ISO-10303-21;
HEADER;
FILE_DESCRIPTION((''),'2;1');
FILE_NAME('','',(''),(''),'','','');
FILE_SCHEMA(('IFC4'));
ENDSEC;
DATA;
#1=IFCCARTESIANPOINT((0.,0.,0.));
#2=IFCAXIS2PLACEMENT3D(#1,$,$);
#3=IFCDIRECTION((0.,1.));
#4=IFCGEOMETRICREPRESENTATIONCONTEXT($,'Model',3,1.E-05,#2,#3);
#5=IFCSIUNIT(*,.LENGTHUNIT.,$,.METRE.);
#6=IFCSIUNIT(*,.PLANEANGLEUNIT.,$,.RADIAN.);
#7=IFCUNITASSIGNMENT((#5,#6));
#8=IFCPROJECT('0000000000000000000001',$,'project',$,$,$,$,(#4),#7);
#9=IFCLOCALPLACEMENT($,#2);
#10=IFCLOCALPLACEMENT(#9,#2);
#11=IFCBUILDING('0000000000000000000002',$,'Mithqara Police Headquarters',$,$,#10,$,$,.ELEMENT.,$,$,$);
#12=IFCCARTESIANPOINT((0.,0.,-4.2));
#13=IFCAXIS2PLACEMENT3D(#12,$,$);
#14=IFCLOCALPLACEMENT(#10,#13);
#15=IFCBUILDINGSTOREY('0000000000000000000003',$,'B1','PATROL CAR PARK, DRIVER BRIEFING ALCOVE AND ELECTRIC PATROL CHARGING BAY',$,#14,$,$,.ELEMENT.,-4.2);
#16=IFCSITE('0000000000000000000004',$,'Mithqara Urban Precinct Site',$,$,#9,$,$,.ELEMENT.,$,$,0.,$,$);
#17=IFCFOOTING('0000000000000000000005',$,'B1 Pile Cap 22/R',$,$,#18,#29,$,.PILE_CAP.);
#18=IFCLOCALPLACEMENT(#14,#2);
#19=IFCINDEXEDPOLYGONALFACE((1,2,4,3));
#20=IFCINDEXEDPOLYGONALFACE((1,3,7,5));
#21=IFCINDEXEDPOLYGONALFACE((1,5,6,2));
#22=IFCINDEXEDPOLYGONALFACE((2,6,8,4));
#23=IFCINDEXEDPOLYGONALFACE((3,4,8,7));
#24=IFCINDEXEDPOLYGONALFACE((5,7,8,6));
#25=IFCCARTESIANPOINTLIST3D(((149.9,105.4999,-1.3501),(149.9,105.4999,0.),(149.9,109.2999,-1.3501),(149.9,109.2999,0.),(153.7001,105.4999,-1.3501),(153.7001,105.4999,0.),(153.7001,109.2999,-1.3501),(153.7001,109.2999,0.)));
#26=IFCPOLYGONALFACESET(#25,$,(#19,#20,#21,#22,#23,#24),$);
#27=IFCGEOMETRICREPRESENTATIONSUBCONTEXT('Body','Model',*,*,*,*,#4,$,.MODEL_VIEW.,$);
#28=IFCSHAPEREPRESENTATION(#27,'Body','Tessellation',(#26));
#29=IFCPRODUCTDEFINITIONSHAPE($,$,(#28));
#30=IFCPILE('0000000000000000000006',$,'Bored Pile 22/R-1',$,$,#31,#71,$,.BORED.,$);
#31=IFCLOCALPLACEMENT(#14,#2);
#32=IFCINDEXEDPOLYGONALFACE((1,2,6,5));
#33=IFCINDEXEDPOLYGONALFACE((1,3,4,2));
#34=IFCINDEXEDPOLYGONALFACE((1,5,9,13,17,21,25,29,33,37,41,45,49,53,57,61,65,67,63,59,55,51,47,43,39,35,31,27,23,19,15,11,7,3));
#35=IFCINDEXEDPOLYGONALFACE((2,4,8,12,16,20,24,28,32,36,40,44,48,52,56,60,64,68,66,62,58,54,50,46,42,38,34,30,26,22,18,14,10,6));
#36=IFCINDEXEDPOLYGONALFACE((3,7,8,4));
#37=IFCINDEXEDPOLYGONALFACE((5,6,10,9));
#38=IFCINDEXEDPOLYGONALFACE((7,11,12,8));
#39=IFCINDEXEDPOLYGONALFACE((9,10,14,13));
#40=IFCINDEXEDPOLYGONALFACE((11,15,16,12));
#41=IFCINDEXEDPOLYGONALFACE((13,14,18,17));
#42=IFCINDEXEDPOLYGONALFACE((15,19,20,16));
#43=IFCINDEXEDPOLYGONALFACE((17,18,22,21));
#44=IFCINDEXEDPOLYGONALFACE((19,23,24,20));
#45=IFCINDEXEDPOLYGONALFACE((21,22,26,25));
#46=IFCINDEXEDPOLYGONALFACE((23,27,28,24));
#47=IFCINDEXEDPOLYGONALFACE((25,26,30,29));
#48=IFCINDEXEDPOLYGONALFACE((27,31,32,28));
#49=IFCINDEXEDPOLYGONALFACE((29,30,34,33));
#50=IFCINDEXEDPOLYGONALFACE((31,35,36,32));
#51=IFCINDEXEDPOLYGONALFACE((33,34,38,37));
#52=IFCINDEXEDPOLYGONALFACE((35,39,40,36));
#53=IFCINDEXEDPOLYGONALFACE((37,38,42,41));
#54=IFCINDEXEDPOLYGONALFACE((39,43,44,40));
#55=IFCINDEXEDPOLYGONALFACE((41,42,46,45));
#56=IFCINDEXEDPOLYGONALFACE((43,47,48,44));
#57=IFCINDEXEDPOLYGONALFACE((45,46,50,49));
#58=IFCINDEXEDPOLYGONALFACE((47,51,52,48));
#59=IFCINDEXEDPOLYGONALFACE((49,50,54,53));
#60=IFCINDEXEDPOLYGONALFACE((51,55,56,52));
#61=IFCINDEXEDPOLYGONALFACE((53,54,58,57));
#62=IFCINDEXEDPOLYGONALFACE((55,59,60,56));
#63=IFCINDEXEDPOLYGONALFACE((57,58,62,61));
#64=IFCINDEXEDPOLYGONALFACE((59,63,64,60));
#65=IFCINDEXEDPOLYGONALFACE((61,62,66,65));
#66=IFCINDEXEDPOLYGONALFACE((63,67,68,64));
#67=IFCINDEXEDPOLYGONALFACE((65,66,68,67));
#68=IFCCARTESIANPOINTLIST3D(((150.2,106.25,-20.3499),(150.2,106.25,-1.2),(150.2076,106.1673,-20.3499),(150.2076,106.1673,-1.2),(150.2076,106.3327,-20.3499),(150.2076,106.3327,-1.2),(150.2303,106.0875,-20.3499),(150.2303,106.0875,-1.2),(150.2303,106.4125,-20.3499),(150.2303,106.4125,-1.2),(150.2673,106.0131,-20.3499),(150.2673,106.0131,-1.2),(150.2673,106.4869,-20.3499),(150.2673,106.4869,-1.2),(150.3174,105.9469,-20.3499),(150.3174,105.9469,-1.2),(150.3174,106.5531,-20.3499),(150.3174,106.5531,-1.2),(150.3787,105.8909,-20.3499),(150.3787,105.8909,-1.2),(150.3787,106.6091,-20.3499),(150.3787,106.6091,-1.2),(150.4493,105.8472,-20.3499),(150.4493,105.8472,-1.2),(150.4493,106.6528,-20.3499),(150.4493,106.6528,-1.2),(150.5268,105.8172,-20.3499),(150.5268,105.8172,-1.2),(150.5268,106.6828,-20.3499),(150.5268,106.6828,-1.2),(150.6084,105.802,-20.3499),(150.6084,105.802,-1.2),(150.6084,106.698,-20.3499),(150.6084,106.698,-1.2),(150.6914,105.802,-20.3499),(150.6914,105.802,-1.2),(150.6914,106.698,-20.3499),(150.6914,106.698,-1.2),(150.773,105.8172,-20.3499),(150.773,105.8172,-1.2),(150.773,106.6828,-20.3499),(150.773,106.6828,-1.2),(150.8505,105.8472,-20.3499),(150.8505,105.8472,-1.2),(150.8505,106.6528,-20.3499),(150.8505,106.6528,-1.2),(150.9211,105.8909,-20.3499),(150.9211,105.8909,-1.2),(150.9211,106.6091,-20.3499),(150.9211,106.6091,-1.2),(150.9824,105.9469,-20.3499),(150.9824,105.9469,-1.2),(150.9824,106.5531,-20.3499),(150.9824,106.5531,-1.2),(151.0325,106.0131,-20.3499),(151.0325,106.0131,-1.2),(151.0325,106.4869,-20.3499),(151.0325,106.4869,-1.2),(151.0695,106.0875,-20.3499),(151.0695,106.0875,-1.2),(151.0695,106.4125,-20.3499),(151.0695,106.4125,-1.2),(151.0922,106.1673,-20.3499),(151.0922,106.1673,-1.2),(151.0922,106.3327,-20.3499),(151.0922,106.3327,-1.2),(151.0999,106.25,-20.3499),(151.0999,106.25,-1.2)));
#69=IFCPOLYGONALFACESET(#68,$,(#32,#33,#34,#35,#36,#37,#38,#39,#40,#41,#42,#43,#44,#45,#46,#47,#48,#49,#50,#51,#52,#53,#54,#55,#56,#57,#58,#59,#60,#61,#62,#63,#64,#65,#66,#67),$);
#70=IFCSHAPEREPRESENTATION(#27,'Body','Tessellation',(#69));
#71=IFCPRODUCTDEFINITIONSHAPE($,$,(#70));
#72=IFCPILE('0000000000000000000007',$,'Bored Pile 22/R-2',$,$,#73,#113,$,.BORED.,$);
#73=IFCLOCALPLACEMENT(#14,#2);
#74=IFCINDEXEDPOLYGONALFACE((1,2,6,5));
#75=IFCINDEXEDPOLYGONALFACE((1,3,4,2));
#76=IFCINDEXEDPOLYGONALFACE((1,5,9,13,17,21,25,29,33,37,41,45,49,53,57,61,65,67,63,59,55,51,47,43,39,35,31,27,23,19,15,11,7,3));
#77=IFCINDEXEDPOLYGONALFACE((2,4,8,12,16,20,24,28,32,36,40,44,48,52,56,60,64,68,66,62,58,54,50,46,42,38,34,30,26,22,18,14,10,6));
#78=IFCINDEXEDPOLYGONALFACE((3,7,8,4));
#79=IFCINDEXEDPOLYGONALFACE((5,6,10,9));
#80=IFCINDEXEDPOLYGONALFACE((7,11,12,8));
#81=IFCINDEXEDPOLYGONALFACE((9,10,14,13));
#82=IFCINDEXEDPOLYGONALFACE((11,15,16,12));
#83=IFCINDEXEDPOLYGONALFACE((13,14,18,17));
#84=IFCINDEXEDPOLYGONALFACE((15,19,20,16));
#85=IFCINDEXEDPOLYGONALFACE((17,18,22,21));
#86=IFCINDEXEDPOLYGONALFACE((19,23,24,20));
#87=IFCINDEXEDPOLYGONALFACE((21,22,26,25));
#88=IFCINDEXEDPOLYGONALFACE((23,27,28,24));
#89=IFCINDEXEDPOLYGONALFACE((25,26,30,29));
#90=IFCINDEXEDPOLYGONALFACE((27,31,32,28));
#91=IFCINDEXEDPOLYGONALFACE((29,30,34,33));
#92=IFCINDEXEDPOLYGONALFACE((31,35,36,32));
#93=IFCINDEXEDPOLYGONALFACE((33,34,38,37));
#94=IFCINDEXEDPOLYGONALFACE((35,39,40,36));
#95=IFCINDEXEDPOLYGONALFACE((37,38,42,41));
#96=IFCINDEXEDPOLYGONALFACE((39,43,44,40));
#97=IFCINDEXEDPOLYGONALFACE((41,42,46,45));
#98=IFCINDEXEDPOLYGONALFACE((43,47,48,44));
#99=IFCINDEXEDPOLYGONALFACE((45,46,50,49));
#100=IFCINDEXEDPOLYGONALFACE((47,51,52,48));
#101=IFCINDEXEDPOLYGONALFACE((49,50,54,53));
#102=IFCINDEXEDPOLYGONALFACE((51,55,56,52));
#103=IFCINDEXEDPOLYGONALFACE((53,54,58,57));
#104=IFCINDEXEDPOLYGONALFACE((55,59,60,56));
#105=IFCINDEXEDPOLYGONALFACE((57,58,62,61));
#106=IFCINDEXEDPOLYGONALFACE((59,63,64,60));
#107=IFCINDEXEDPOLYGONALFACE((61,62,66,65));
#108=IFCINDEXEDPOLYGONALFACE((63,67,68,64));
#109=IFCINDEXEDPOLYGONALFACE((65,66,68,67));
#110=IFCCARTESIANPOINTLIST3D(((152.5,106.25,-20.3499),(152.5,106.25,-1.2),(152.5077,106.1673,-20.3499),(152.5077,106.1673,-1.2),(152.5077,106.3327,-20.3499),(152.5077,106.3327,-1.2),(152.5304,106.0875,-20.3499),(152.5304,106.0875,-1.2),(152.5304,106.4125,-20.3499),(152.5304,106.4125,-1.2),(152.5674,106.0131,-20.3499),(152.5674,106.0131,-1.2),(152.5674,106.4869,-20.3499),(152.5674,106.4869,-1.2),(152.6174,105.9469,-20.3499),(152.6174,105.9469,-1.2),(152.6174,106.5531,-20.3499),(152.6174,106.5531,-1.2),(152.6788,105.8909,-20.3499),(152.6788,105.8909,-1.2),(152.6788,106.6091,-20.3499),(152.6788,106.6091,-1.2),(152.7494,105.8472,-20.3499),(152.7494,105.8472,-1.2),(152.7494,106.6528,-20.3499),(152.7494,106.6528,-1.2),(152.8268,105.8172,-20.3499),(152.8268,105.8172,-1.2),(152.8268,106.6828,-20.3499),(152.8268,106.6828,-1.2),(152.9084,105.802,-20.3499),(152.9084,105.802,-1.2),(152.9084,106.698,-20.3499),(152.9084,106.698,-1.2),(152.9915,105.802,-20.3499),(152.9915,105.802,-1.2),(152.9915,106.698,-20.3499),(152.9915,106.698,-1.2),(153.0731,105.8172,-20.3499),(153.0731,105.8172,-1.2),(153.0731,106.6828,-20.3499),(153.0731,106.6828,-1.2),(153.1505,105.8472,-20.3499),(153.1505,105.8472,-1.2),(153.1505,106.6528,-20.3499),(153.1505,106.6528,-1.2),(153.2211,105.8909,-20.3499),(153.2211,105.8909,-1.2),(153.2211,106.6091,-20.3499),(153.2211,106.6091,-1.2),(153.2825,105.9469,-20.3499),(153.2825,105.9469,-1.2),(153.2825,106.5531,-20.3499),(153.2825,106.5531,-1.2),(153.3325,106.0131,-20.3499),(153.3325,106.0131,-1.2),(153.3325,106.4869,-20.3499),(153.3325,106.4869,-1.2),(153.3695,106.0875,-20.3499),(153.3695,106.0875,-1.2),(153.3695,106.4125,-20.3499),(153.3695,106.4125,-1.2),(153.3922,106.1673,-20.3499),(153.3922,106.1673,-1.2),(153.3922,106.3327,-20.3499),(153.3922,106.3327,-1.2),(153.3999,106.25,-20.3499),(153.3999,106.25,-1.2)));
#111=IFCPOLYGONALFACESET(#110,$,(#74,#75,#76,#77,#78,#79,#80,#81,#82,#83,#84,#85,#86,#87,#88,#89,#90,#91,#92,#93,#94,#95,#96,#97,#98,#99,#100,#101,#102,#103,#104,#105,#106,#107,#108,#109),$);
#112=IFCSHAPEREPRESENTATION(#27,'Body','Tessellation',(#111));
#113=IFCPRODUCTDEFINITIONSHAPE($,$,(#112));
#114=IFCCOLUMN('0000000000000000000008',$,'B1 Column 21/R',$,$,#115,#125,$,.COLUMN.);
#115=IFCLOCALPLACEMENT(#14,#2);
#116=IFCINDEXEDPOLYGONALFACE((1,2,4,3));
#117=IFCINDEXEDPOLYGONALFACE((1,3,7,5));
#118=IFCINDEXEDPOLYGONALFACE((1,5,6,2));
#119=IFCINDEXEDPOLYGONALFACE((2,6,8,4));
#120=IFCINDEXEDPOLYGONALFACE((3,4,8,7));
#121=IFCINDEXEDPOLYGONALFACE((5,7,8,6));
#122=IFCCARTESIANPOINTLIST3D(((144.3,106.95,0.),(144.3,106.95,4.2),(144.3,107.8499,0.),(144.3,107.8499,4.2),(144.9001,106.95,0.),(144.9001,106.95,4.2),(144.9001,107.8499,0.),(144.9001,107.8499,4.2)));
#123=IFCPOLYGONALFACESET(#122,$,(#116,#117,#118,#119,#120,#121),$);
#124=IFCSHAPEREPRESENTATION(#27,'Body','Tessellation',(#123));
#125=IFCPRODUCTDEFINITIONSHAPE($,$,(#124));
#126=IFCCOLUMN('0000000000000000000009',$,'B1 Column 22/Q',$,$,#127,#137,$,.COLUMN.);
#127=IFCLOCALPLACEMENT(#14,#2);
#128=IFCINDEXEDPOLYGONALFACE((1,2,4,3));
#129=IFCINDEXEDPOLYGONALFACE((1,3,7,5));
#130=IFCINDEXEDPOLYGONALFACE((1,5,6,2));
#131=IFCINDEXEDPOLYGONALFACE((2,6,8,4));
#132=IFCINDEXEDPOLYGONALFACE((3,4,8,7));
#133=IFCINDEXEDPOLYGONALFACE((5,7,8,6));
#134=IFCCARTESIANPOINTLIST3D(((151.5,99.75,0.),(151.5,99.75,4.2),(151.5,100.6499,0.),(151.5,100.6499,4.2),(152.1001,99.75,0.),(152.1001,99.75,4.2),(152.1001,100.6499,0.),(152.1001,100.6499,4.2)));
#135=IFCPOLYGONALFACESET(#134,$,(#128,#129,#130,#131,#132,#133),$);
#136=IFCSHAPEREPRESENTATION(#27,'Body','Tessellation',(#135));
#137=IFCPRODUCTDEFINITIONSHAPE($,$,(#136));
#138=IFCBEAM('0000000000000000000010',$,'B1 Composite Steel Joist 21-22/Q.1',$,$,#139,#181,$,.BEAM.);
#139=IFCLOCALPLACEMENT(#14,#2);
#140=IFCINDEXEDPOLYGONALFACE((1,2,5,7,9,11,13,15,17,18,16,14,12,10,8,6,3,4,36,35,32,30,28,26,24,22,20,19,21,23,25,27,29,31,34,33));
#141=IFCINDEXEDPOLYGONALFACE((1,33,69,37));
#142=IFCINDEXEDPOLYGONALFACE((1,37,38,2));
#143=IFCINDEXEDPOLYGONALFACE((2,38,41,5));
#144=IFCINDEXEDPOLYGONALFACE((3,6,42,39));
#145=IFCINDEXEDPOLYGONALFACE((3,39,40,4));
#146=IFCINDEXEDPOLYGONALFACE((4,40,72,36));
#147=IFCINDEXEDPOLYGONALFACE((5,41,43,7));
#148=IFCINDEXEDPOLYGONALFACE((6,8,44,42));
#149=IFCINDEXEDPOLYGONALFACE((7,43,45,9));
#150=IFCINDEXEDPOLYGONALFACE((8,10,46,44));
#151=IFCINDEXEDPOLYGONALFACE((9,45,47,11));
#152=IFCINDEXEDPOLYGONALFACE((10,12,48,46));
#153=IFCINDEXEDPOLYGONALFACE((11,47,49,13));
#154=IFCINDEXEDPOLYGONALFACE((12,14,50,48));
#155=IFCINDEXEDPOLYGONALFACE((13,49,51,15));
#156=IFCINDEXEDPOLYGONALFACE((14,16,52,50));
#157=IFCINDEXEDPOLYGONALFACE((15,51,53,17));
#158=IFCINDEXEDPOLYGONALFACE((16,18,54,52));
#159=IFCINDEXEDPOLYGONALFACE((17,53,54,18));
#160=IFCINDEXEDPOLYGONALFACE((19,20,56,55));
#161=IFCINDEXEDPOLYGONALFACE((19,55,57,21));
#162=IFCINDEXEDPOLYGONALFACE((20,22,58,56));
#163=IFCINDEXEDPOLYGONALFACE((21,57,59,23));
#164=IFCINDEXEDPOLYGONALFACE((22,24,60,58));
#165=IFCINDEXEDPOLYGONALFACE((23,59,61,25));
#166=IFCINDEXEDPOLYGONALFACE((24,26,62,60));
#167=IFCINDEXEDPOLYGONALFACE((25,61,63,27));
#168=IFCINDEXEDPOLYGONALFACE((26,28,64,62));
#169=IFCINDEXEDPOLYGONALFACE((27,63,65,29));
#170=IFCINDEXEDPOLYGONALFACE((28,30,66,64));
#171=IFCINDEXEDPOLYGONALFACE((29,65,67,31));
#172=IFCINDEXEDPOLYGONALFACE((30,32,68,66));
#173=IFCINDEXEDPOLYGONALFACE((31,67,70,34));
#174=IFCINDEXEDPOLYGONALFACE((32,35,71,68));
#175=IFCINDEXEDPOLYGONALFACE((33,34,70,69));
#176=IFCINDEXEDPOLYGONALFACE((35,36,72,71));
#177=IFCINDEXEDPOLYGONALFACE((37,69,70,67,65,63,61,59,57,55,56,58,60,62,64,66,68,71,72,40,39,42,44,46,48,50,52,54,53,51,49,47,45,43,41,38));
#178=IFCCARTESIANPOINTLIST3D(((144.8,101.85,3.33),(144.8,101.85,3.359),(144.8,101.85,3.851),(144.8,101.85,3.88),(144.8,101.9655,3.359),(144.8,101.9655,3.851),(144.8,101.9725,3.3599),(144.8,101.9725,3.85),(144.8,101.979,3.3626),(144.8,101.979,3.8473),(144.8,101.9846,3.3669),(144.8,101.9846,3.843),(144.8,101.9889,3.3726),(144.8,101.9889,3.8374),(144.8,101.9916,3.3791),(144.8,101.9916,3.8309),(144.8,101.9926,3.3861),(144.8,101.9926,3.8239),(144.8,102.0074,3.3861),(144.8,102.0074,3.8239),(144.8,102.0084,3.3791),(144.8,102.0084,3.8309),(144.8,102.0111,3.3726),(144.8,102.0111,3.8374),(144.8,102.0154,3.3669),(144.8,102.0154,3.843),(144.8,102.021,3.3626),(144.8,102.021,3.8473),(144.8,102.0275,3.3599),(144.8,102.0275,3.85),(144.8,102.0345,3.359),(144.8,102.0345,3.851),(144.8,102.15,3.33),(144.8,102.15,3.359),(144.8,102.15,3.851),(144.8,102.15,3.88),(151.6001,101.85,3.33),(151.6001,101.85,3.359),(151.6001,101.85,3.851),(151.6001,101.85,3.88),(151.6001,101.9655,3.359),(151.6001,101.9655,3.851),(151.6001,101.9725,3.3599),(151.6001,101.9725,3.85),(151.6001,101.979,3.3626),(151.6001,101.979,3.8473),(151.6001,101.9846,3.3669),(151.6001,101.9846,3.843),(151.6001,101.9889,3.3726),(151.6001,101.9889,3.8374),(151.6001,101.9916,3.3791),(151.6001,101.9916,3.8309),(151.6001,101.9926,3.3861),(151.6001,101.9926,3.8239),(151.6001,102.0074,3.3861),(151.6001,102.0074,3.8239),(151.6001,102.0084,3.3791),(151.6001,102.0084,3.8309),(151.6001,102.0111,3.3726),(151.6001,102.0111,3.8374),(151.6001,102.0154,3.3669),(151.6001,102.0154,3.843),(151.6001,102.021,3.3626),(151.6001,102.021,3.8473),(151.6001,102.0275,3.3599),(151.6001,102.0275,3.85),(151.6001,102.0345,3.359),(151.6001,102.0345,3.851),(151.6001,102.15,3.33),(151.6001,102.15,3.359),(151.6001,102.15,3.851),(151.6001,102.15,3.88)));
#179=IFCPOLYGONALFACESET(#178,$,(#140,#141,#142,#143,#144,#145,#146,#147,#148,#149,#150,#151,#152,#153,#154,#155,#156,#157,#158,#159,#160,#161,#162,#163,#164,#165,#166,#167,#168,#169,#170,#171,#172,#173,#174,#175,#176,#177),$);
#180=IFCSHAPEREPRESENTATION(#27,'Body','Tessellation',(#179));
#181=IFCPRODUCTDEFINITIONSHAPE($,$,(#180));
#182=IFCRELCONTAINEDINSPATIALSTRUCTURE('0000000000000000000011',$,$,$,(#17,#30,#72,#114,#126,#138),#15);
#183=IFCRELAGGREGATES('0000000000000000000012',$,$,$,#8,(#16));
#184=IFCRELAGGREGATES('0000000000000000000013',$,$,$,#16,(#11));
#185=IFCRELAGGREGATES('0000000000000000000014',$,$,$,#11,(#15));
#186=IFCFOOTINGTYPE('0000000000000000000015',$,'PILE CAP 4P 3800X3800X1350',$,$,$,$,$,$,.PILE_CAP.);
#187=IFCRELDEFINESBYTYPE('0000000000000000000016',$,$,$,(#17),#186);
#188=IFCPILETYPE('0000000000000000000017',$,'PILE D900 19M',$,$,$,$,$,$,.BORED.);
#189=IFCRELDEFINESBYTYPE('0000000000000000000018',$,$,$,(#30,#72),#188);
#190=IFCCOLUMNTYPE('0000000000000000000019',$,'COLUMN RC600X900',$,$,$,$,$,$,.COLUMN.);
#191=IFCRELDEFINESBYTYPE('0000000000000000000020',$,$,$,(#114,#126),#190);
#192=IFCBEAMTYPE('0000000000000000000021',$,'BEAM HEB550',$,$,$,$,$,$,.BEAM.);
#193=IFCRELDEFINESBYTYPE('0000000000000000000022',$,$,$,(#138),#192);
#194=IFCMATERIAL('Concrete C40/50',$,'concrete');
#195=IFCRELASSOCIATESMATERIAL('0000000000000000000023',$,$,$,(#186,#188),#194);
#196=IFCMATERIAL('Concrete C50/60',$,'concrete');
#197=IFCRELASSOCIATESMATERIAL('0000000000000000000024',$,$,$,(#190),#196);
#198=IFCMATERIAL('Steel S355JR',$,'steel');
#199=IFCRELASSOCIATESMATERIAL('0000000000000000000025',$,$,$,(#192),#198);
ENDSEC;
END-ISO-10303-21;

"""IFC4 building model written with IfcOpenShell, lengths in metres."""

from ifc_helpers import new_model, si_unit, direction, frame, origin, origin_2d, place, context, subcontext, project, spatial, rectangle, circle, i_section, extrude, material, material_profile, profile_set, type_object, element, save


model = new_model("IFC4")

# Units and contexts
model_context = context("Model", 3, precision=1e-05, world=origin(), true_north=direction((0.0, 1.0)))
body_context = subcontext(model_context, "Body", "Model", "MODEL_VIEW")
ifc_project = project(units=[si_unit("LENGTHUNIT", "METRE"), si_unit("PLANEANGLEUNIT", "RADIAN")], contexts=[model_context])

# Site, building, storey
site_placement = place(None, origin())
site = spatial("IfcSite", under=ifc_project, at=site_placement, Name="Mithqara Urban Precinct Site", CompositionType="ELEMENT", RefElevation=0.0)
building_placement = place(site_placement, origin())
building = spatial("IfcBuilding", under=site, at=building_placement, Name="Mithqara Police Headquarters", CompositionType="ELEMENT")
storey_placement = place(building_placement, frame((0.0, 0.0, -4.2)))
storey = spatial("IfcBuildingStorey", under=building, at=storey_placement, Name="B1", Description="PATROL CAR PARK, DRIVER BRIEFING ALCOVE AND ELECTRIC PATROL CHARGING BAY", CompositionType="ELEMENT", Elevation=-4.2)

# Footing
ifc_material_1 = material(Name="Concrete C40/50", Category="concrete")
footing_type = type_object("IfcFootingType", Name="PILE CAP 4P 3800X3800X1350", PredefinedType="PILE_CAP", material=ifc_material_1)
footing_placement = place(storey_placement, frame((151.8, 107.3999, -1.3501), z_axis=(0.0, 0.0, 1.0), x_axis=(1.0, 0.0, 0.0)))
element("IfcFooting", 1, at=footing_placement, inside=storey, type_object=footing_type, Name="B1 Pile Cap 22/R", PredefinedType="PILE_CAP", context=body_context, shape_type="SweptSolid", body=[
    extrude(rectangle(XDim=3.8, YDim=3.8, at=origin_2d()), origin(), (0.0, 0.0, 1.0), 1.3501),
])

# Piles
ifc_material_profile_1 = material_profile(ifc_material_1, circle(Radius=0.45, at=origin_2d()), Name="PILE D900")
ifc_profile_set_1 = profile_set([ifc_material_profile_1], Name="Concrete C40/50")
pile_type = type_object("IfcPileType", Name="PILE D900 19M", PredefinedType="BORED", material=ifc_profile_set_1)
for number, where, z_axis, x_axis, name in (
    (2, (150.6499, 106.25, -1.2), (0.0, 0.0, -1.0), (1.0, 0.0, 0.0), "Bored Pile 22/R-1"),
    (3, (152.95, 106.25, -1.2), (0.0, 0.0, -1.0), (1.0, 0.0, 0.0), "Bored Pile 22/R-2"),
):
    element("IfcPile", number, at=place(storey_placement, frame(where, z_axis=z_axis, x_axis=x_axis)), inside=storey, type_object=pile_type, Name=name, PredefinedType="BORED", context=body_context, shape_type="SweptSolid", body=[
        extrude(circle(Radius=0.45, at=origin_2d()), origin(), (0.0, 0.0, 1.0), 19.1499),
    ])

# Columns
ifc_material_2 = material(Name="Concrete C50/60", Category="concrete")
ifc_material_profile_2 = material_profile(ifc_material_2, rectangle(XDim=0.6001, YDim=0.8999, at=origin_2d()), Name="RC 600x900")
ifc_profile_set_2 = profile_set([ifc_material_profile_2], Name="Concrete C50/60")
column_type = type_object("IfcColumnType", Name="COLUMN RC600X900", PredefinedType="COLUMN", material=ifc_profile_set_2)
for number, where, z_axis, x_axis, name in (
    (4, (144.6001, 107.3999, 0.0), (0.0, 0.0, 1.0), (1.0, 0.0, 0.0), "B1 Column 21/R"),
    (5, (151.8, 100.2, 0.0), (0.0, 0.0, 1.0), (1.0, 0.0, 0.0), "B1 Column 22/Q"),
):
    element("IfcColumn", number, at=place(storey_placement, frame(where, z_axis=z_axis, x_axis=x_axis)), inside=storey, type_object=column_type, Name=name, PredefinedType="COLUMN", context=body_context, shape_type="SweptSolid", body=[
        extrude(rectangle(XDim=0.6001, YDim=0.8999, at=origin_2d()), origin(), (0.0, 0.0, 1.0), 4.2),
    ])

# Beam
ifc_material_3 = material(Name="Steel S355JR", Category="steel")
ifc_material_profile_3 = material_profile(ifc_material_3, i_section(OverallWidth=0.3, OverallDepth=0.55, WebThickness=0.0149, FlangeThickness=0.0291, FilletRadius=0.0271, at=origin_2d()), Name="HEB 550")
ifc_profile_set_3 = profile_set([ifc_material_profile_3], Name="Steel S355JR")
beam_type_1 = type_object("IfcBeamType", Name="BEAM HEB550", PredefinedType="BEAM", material=ifc_profile_set_3)
for number, where, z_axis, x_axis, name in (
    (6, (144.8, 102.0, 3.605), (1.0, 0.0, 0.0), (0.0, 1.0, 0.0), "B1 Composite Steel Joist 21-22/Q.1"),
):
    element("IfcBeam", number, at=place(storey_placement, frame(where, z_axis=z_axis, x_axis=x_axis)), inside=storey, type_object=beam_type_1, Name=name, PredefinedType="BEAM", context=body_context, shape_type="SweptSolid", body=[
        extrude(i_section(OverallWidth=0.3, OverallDepth=0.55, WebThickness=0.0149, FlangeThickness=0.0291, FilletRadius=0.0271, at=origin_2d()), origin(), (0.0, 0.0, 1.0), 6.8),
    ])

save(model, "model.ifc")
